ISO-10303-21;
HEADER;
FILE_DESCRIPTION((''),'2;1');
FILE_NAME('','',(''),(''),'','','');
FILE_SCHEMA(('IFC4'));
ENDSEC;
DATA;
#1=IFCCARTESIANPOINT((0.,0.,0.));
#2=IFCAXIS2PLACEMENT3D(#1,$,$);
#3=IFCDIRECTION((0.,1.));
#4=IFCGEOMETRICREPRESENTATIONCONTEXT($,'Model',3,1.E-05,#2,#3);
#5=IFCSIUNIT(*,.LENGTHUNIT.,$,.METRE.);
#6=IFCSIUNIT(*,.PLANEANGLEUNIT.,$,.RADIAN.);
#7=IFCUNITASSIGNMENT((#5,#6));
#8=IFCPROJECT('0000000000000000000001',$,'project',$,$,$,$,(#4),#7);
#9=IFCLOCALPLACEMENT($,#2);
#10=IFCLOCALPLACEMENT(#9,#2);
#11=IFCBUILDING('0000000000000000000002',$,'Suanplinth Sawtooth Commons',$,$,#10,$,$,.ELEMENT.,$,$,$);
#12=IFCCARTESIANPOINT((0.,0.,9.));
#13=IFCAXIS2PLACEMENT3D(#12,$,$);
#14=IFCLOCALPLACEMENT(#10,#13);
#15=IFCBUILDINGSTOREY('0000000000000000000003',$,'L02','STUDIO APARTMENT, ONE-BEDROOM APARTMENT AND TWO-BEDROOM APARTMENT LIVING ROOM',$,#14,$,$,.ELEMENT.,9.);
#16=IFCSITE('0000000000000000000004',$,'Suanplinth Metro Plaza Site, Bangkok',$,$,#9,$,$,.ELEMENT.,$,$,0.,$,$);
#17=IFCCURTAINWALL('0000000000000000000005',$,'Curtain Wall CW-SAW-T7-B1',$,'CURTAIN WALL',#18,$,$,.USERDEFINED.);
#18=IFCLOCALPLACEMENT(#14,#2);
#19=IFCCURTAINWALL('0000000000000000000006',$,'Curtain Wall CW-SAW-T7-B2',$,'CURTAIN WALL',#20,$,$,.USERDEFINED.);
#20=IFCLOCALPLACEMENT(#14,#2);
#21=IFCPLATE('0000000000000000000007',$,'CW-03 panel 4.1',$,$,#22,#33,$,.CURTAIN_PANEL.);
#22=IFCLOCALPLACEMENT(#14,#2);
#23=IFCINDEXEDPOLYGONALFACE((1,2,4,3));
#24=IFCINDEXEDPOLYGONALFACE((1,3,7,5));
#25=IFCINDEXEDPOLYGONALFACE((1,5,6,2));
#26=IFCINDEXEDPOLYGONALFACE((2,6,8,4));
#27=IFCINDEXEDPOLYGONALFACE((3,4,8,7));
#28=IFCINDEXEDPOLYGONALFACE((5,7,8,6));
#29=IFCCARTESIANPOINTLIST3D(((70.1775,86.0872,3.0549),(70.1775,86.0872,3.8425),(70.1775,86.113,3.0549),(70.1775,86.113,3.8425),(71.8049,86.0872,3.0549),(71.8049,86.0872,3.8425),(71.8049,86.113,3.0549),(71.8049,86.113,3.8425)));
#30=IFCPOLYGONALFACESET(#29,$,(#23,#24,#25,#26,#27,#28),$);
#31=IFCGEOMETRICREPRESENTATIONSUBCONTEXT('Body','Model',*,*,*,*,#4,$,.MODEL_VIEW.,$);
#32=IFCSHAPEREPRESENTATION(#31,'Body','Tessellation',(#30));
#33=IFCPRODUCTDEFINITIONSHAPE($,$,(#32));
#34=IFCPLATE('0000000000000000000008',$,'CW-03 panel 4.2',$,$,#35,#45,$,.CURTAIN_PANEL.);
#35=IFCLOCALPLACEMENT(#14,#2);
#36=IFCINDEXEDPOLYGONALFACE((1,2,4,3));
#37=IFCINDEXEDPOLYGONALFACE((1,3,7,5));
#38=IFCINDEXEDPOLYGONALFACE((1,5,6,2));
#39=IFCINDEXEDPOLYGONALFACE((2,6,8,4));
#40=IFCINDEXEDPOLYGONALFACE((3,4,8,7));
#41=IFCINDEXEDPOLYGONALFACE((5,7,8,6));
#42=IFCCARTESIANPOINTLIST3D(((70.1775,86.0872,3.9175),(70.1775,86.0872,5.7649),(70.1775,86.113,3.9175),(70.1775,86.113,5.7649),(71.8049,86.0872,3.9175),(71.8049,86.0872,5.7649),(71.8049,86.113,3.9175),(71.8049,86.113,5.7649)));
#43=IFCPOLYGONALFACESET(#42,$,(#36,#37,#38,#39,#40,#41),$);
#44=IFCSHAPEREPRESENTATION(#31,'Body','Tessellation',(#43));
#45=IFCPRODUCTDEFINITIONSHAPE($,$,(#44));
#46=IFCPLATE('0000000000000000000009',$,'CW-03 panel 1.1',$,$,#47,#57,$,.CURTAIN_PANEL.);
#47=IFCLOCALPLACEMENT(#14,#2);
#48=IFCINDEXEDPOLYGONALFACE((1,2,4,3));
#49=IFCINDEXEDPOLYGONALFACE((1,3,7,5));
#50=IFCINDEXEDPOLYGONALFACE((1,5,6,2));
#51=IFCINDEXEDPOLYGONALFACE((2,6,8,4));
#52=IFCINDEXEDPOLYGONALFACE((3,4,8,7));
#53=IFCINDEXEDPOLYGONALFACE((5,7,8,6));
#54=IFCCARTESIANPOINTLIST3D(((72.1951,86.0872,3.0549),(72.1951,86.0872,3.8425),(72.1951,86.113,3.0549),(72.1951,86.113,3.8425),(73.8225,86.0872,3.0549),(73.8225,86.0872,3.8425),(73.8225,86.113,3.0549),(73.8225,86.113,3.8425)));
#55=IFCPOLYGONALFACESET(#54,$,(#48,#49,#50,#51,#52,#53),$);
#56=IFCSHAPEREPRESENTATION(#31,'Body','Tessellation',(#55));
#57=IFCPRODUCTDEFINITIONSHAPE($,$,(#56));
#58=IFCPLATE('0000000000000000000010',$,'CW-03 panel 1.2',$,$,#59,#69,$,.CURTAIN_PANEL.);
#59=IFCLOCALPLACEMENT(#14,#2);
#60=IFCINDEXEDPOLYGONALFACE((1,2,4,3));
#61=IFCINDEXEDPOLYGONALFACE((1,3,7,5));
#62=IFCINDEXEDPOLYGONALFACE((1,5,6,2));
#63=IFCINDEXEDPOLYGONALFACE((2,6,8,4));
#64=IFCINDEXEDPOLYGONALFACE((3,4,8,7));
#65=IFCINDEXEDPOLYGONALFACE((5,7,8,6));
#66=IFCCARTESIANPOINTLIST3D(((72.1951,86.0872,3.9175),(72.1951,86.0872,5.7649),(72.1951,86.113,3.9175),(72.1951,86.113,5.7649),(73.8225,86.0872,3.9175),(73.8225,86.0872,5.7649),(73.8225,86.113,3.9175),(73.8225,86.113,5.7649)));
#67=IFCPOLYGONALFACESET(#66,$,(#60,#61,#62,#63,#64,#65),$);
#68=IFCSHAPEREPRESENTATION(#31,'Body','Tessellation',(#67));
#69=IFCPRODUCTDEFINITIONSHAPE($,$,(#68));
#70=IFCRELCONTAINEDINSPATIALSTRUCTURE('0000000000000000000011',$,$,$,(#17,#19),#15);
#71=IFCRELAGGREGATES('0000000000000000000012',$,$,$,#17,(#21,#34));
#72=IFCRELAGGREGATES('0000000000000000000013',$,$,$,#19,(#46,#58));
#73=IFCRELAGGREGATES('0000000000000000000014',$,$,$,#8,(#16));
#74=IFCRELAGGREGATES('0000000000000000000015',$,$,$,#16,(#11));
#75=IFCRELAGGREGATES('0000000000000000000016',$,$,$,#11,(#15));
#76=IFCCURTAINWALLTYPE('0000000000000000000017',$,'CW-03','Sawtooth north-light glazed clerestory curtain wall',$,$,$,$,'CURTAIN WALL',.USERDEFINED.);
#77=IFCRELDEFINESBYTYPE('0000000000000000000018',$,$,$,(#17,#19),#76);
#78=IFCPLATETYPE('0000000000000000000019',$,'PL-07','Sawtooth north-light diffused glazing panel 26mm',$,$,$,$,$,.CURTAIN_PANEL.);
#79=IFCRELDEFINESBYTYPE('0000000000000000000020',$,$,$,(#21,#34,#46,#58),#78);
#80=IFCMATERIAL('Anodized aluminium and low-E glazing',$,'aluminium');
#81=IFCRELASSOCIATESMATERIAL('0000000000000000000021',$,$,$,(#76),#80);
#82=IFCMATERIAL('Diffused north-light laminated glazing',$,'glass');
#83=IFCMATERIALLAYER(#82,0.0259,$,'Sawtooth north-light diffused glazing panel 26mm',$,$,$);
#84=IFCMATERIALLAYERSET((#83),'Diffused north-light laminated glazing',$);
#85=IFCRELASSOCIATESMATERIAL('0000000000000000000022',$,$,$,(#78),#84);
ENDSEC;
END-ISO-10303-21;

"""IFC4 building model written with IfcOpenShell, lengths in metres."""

from ifc_helpers import new_model, si_unit, direction, frame, origin, origin_2d, place, context, subcontext, project, spatial, rectangle, extrude, material, layer, layer_set, type_object, element, aggregate, save


model = new_model("IFC4")

# Units and contexts
model_context = context("Model", 3, precision=1e-05, world=origin(), true_north=direction((0.0, 1.0)))
body_context = subcontext(model_context, "Body", "Model", "MODEL_VIEW")
ifc_project = project(units=[si_unit("LENGTHUNIT", "METRE"), si_unit("PLANEANGLEUNIT", "RADIAN")], contexts=[model_context])

# Site, building, storey
site_placement = place(None, origin())
site = spatial("IfcSite", under=ifc_project, at=site_placement, Name="Suanplinth Metro Plaza Site, Bangkok", CompositionType="ELEMENT", RefElevation=0.0)
building_placement = place(site_placement, origin())
building = spatial("IfcBuilding", under=site, at=building_placement, Name="Suanplinth Sawtooth Commons", CompositionType="ELEMENT")
storey_placement = place(building_placement, frame((0.0, 0.0, 9.0)))
storey = spatial("IfcBuildingStorey", under=building, at=storey_placement, Name="L02", Description="STUDIO APARTMENT, ONE-BEDROOM APARTMENT AND TWO-BEDROOM APARTMENT LIVING ROOM", CompositionType="ELEMENT", Elevation=9.0)

# Curtain wall
ifc_material_1 = material(Name="Anodized aluminium and low-E glazing", Category="aluminium")
curtain_wall_type = type_object("IfcCurtainWallType", Name="CW-03", Description="Sawtooth north-light glazed clerestory curtain wall", ElementType="CURTAIN WALL", PredefinedType="USERDEFINED", material=ifc_material_1)
curtain_wall_1_placement = place(storey_placement, origin())
curtain_wall_1 = element("IfcCurtainWall", 1, at=curtain_wall_1_placement, inside=storey, type_object=curtain_wall_type, Name="Curtain Wall CW-SAW-T7-B1", ObjectType="CURTAIN WALL", PredefinedType="USERDEFINED")

# Curtain wall
curtain_wall_2_placement = place(storey_placement, origin())
curtain_wall_2 = element("IfcCurtainWall", 2, at=curtain_wall_2_placement, inside=storey, type_object=curtain_wall_type, Name="Curtain Wall CW-SAW-T7-B2", ObjectType="CURTAIN WALL", PredefinedType="USERDEFINED")

# Plates
ifc_material_2 = material(Name="Diffused north-light laminated glazing", Category="glass")
ifc_layer_1 = layer(ifc_material_2, 0.0259, Name="Sawtooth north-light diffused glazing panel 26mm")
ifc_layer_set_1 = layer_set([ifc_layer_1], Name="Diffused north-light laminated glazing")
plate_type_1 = type_object("IfcPlateType", Name="PL-07", Description="Sawtooth north-light diffused glazing panel 26mm", PredefinedType="CURTAIN_PANEL", material=ifc_layer_set_1)
plate_1_placement = place(storey_placement, frame((70.9912, 86.1001, 3.0549), z_axis=(0.0, 0.0, 1.0), x_axis=(1.0, 0.0, 0.0)))
plate_1 = element("IfcPlate", 3, at=plate_1_placement, type_object=plate_type_1, Name="CW-03 panel 4.1", PredefinedType="CURTAIN_PANEL", context=body_context, shape_type="SweptSolid", body=[
    extrude(rectangle(XDim=1.6274, YDim=0.0259, at=origin_2d()), origin(), (0.0, 0.0, 1.0), 0.7876),
])
plate_2_placement = place(storey_placement, frame((70.9912, 86.1001, 3.9175), z_axis=(0.0, 0.0, 1.0), x_axis=(1.0, 0.0, 0.0)))
plate_2 = element("IfcPlate", 4, at=plate_2_placement, type_object=plate_type_1, Name="CW-03 panel 4.2", PredefinedType="CURTAIN_PANEL", context=body_context, shape_type="SweptSolid", body=[
    extrude(rectangle(XDim=1.6274, YDim=0.0259, at=origin_2d()), origin(), (0.0, 0.0, 1.0), 1.8474),
])
aggregate(curtain_wall_1, [plate_1, plate_2])
plate_3_placement = place(storey_placement, frame((73.0088, 86.1001, 3.0549), z_axis=(0.0, 0.0, 1.0), x_axis=(1.0, 0.0, 0.0)))
plate_3 = element("IfcPlate", 5, at=plate_3_placement, type_object=plate_type_1, Name="CW-03 panel 1.1", PredefinedType="CURTAIN_PANEL", context=body_context, shape_type="SweptSolid", body=[
    extrude(rectangle(XDim=1.6274, YDim=0.0259, at=origin_2d()), origin(), (0.0, 0.0, 1.0), 0.7876),
])
plate_4_placement = place(storey_placement, frame((73.0088, 86.1001, 3.9175), z_axis=(0.0, 0.0, 1.0), x_axis=(1.0, 0.0, 0.0)))
plate_4 = element("IfcPlate", 6, at=plate_4_placement, type_object=plate_type_1, Name="CW-03 panel 1.2", PredefinedType="CURTAIN_PANEL", context=body_context, shape_type="SweptSolid", body=[
    extrude(rectangle(XDim=1.6274, YDim=0.0259, at=origin_2d()), origin(), (0.0, 0.0, 1.0), 1.8474),
])
aggregate(curtain_wall_2, [plate_3, plate_4])

save(model, "model.ifc")
